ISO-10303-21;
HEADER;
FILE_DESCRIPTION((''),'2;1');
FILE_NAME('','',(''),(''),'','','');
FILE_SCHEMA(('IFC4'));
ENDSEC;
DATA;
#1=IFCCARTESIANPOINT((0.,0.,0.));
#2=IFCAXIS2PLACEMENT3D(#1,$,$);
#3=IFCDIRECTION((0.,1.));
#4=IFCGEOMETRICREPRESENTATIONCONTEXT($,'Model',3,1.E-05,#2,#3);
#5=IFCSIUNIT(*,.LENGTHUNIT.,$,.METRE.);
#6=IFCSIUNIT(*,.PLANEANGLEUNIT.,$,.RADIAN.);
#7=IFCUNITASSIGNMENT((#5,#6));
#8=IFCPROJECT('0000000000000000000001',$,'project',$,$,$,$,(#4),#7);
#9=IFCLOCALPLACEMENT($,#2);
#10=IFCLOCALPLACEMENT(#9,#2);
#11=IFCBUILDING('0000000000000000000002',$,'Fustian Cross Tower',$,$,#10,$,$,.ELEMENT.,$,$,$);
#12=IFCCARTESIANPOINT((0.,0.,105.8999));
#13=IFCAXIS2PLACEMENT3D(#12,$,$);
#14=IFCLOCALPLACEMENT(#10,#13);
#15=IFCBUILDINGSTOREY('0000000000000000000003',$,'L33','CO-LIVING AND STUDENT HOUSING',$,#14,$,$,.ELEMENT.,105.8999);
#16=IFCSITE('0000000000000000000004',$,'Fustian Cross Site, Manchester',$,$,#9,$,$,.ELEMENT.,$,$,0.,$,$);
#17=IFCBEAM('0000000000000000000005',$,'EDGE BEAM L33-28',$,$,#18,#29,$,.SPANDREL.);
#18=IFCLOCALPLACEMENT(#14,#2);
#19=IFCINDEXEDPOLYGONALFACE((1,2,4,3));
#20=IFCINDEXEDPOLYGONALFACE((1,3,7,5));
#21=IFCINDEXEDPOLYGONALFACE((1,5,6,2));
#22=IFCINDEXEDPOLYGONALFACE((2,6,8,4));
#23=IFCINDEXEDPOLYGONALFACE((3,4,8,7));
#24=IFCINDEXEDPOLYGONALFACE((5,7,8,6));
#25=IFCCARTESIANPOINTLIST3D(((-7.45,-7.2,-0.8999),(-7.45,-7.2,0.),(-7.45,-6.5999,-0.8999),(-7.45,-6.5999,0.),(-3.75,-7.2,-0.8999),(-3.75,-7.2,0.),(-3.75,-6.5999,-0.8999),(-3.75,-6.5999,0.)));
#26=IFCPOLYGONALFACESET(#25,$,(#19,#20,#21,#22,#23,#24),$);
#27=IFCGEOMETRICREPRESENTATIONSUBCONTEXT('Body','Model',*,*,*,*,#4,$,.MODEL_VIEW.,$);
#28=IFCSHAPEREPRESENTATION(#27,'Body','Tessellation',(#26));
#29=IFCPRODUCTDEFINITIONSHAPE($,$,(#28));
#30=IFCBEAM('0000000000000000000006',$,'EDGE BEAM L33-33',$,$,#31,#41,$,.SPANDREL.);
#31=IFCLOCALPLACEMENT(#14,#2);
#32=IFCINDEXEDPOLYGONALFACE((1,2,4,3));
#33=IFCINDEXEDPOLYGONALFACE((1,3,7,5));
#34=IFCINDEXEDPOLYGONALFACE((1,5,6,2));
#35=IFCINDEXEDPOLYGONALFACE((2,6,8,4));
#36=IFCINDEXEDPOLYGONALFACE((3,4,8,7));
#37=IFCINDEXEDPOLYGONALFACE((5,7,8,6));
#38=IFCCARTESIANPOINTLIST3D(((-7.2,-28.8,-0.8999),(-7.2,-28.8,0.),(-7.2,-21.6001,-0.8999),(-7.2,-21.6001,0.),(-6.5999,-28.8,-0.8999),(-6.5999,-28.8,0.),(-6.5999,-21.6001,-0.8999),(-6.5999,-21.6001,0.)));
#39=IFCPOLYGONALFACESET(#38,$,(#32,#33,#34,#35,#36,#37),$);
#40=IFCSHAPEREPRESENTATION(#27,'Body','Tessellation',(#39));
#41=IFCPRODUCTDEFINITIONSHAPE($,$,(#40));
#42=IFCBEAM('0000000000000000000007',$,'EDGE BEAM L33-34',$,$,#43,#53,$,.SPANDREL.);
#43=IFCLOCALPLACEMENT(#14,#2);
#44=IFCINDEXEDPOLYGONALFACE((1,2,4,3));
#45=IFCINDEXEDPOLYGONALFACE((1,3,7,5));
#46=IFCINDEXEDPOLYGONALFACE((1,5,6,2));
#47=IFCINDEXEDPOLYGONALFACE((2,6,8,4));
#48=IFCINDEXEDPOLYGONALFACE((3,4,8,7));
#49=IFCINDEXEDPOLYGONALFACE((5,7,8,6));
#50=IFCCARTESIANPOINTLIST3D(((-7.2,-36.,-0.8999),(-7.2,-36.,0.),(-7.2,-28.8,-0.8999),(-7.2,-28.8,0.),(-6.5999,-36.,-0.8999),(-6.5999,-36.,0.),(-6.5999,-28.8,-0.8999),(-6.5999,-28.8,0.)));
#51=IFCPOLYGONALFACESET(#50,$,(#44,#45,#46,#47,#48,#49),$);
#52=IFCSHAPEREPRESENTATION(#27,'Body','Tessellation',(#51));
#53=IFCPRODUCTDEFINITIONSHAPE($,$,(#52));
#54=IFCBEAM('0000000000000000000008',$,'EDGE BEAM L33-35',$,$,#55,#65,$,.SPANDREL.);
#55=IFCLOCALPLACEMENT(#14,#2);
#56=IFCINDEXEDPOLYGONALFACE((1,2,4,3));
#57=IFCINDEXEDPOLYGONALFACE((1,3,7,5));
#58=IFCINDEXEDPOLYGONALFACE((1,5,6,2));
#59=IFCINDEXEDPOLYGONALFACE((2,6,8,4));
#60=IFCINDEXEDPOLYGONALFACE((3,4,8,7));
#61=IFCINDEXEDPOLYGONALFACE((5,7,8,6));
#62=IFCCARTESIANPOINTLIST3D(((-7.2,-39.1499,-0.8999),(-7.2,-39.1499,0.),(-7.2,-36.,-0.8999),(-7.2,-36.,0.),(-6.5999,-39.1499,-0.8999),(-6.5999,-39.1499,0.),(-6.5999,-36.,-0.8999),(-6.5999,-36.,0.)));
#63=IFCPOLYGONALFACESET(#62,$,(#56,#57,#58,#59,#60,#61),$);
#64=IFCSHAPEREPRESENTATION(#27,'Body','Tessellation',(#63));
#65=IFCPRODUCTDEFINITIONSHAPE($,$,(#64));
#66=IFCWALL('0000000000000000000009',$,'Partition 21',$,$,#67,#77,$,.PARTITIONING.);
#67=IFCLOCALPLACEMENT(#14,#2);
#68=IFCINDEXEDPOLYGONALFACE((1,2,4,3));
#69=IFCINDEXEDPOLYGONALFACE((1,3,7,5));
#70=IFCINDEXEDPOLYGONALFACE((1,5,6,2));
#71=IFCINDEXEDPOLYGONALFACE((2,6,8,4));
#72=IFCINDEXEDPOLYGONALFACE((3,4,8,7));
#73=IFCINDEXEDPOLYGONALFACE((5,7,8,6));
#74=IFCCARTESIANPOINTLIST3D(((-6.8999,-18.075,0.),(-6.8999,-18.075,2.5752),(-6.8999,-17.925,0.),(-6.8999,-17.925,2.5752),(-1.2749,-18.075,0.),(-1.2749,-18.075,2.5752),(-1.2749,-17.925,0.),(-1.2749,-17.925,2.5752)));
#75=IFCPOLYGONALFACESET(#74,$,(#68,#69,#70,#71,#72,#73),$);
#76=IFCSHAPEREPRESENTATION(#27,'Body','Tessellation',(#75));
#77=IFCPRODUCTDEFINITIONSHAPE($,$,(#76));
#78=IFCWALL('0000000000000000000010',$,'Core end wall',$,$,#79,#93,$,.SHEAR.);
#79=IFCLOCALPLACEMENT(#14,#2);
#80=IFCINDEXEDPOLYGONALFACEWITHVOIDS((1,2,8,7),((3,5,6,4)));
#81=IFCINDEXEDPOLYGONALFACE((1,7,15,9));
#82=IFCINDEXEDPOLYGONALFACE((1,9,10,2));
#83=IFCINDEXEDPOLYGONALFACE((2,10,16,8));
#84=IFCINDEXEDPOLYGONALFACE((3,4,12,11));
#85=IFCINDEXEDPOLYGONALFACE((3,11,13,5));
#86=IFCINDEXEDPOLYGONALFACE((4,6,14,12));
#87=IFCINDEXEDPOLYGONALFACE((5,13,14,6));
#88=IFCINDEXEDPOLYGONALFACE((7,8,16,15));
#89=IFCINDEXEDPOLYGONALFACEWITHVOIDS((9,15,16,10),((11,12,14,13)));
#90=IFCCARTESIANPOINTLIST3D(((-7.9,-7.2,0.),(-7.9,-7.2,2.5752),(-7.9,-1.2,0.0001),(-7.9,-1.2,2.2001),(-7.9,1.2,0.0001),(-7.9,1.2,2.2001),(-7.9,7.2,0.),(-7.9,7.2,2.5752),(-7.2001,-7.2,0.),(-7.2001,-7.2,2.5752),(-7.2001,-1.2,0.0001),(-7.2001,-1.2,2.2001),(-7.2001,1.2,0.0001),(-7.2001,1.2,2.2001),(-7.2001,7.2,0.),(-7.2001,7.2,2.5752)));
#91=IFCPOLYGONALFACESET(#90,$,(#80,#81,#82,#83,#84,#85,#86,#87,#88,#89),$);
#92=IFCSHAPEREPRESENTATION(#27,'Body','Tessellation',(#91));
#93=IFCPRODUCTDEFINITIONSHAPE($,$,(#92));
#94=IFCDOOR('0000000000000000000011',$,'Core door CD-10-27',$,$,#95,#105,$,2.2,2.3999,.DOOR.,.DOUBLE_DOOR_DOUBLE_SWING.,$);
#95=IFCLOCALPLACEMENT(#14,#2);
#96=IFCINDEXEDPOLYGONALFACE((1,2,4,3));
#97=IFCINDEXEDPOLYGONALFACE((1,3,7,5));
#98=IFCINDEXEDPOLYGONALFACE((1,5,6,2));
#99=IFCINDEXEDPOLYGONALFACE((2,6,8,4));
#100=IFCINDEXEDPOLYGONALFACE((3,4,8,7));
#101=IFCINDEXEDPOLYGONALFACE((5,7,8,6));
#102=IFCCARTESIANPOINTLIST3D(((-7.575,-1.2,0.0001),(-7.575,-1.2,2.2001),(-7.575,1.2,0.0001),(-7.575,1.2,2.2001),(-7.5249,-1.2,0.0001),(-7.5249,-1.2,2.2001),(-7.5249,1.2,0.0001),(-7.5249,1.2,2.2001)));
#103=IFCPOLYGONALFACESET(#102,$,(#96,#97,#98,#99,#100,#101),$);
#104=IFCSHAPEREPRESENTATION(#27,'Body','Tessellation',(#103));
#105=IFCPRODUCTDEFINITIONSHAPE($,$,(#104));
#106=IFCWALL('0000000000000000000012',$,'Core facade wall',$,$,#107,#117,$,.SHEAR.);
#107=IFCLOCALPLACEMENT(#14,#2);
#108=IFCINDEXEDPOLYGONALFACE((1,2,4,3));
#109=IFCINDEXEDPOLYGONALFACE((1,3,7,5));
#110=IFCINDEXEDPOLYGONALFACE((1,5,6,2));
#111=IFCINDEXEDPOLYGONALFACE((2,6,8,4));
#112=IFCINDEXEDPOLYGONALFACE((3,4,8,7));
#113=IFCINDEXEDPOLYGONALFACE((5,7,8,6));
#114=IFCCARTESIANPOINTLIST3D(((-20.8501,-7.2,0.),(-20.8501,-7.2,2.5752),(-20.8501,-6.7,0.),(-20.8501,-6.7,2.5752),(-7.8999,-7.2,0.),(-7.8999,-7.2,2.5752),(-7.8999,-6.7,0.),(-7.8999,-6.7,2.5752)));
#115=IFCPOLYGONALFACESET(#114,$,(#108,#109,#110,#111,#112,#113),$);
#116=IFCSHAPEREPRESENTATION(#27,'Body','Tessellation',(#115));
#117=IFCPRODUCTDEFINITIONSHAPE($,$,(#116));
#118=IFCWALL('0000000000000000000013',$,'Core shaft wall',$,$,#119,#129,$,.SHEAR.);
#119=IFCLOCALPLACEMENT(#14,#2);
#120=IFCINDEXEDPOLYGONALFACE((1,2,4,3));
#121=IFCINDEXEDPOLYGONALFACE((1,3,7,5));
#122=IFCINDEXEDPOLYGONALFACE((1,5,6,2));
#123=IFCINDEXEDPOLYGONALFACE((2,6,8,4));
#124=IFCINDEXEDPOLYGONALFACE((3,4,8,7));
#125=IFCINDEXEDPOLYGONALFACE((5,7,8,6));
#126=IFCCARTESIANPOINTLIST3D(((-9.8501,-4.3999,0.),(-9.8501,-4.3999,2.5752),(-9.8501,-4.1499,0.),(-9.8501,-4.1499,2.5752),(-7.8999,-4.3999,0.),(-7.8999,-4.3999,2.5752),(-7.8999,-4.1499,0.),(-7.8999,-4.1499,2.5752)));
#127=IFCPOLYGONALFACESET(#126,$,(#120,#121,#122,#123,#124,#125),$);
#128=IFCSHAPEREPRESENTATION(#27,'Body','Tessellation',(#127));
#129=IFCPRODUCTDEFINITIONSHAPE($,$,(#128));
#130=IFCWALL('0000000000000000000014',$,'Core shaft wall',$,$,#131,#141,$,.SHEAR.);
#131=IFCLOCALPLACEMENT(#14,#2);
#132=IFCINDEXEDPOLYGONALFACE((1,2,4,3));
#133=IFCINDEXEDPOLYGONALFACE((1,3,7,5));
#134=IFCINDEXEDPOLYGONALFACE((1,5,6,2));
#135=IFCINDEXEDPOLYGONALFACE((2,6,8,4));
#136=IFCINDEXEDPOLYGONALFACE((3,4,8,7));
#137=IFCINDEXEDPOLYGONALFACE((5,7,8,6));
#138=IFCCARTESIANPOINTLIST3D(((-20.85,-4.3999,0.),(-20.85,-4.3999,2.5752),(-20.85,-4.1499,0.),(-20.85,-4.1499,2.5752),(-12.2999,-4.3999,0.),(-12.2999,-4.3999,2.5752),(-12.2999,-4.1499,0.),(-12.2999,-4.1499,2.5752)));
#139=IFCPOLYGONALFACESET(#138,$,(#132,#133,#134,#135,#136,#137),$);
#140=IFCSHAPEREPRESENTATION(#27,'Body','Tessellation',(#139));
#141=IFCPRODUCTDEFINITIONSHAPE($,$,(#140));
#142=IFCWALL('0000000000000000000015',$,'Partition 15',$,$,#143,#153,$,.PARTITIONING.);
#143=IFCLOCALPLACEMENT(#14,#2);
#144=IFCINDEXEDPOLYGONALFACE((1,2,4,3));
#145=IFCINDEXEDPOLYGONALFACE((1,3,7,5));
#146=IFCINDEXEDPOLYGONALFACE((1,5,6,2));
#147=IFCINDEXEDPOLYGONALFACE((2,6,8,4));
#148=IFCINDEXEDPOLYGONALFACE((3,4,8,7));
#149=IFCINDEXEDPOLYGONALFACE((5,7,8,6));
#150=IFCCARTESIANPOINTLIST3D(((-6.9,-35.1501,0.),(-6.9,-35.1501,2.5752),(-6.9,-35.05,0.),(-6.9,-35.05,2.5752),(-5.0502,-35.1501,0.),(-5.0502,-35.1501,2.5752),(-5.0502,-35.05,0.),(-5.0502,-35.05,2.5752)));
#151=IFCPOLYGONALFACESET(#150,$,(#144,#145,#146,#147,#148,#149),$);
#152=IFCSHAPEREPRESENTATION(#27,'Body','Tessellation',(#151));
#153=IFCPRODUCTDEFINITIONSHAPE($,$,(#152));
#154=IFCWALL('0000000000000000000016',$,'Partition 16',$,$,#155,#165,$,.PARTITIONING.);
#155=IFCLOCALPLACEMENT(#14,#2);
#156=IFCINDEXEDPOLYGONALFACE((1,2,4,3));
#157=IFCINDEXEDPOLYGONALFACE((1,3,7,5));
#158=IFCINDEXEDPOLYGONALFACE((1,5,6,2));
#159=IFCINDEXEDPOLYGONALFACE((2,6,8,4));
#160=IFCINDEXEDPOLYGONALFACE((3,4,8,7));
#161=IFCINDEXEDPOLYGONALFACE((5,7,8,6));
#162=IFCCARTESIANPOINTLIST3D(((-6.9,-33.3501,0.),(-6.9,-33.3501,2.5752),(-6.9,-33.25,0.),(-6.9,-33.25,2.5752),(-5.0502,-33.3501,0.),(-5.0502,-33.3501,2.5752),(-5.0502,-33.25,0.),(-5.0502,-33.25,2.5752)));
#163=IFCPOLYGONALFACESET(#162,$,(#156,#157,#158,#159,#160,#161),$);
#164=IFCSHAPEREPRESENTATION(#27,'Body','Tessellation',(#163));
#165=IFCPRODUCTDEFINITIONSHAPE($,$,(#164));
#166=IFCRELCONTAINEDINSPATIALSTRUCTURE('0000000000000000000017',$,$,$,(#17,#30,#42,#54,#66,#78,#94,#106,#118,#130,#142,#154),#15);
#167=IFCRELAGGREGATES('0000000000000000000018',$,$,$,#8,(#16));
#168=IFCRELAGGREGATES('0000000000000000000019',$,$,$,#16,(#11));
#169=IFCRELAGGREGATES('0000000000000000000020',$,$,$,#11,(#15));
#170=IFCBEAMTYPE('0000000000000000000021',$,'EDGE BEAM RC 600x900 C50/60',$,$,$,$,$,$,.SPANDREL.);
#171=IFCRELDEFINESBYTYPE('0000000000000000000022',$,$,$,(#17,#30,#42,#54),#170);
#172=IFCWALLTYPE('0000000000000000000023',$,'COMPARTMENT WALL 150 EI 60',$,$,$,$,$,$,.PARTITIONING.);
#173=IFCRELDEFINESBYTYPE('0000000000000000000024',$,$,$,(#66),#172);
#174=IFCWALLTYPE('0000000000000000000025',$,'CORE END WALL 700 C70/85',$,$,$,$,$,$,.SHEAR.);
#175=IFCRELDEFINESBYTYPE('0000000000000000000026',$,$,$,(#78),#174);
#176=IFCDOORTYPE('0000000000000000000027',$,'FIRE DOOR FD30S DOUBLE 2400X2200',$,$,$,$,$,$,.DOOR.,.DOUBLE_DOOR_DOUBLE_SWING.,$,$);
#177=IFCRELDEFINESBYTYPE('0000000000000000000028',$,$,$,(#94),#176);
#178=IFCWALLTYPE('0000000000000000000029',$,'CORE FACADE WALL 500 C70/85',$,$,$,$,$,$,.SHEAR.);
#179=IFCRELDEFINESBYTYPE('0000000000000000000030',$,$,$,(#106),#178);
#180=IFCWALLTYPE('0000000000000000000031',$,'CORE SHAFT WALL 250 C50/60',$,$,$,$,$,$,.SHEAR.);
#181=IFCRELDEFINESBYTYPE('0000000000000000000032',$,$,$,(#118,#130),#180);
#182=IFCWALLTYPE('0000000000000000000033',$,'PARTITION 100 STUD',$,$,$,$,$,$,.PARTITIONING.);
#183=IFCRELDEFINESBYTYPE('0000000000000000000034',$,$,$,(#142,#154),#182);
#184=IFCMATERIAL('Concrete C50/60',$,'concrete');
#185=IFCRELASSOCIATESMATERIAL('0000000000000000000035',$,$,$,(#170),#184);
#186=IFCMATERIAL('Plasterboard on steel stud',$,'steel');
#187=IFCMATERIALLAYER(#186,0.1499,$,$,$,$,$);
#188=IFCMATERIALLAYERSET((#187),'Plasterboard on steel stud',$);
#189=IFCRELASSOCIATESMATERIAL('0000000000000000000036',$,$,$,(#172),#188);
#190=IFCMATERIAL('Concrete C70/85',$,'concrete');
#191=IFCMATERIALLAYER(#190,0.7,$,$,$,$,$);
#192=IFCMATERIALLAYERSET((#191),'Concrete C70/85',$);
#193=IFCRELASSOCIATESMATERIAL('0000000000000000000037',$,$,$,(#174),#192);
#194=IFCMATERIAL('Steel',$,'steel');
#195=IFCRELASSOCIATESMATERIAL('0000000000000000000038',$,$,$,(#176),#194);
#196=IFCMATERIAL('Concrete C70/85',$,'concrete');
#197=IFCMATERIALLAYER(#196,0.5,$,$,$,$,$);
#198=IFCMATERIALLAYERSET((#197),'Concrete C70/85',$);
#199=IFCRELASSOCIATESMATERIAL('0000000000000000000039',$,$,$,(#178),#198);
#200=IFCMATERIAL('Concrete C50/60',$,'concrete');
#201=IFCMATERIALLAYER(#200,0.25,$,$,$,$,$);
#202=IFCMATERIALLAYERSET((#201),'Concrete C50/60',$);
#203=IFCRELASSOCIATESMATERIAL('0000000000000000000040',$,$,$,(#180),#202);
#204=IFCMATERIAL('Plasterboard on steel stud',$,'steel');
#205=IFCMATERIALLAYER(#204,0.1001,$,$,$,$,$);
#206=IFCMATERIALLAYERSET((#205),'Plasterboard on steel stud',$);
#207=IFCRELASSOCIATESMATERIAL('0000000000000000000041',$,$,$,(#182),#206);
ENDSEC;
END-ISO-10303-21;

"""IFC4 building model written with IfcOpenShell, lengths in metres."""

from ifc_helpers import new_model, si_unit, direction, frame, frame_2d, origin, origin_2d, place, context, subcontext, project, spatial, rectangle, extrude, material, layer, layer_set, material_profile, profile_set, type_object, element, fill, save


model = new_model("IFC4")

# Units and contexts
model_context = context("Model", 3, precision=1e-05, world=origin(), true_north=direction((0.0, 1.0)))
body_context = subcontext(model_context, "Body", "Model", "MODEL_VIEW")
ifc_project = project(units=[si_unit("LENGTHUNIT", "METRE"), si_unit("PLANEANGLEUNIT", "RADIAN")], contexts=[model_context])

# Site, building, storey
site_placement = place(None, origin())
site = spatial("IfcSite", under=ifc_project, at=site_placement, Name="Fustian Cross Site, Manchester", CompositionType="ELEMENT", RefElevation=0.0)
building_placement = place(site_placement, origin())
building = spatial("IfcBuilding", under=site, at=building_placement, Name="Fustian Cross Tower", CompositionType="ELEMENT")
storey_placement = place(building_placement, frame((0.0, 0.0, 105.8999)))
storey = spatial("IfcBuildingStorey", under=building, at=storey_placement, Name="L33", Description="CO-LIVING AND STUDENT HOUSING", CompositionType="ELEMENT", Elevation=105.8999)

# Beams
ifc_material_1 = material(Name="Concrete C50/60", Category="concrete")
ifc_material_profile = material_profile(ifc_material_1, rectangle(XDim=0.6001, YDim=0.8999, at=origin_2d()), Name="RC 600x900")
ifc_profile_set = profile_set([ifc_material_profile], Name="Concrete C50/60")
beam_type = type_object("IfcBeamType", Name="EDGE BEAM RC 600x900 C50/60", PredefinedType="SPANDREL", material=ifc_profile_set)
beam_1_placement = place(storey_placement, frame((-7.45, -6.8999, -0.45), z_axis=(1.0, 0.0, 0.0), x_axis=(0.0, 1.0, 0.0)))
element("IfcBeam", 1, at=beam_1_placement, inside=storey, type_object=beam_type, Name="EDGE BEAM L33-28", PredefinedType="SPANDREL", context=body_context, shape_type="SweptSolid", body=[
    extrude(rectangle(XDim=0.6001, YDim=0.8999, at=origin_2d()), origin(), (0.0, 0.0, 1.0), 3.7),
])
for number, where, z_axis, x_axis, name in (
    (2, (-6.8999, -21.6001, -0.45), (0.0, -1.0, 0.0), (1.0, 0.0, 0.0), "EDGE BEAM L33-33"),
    (3, (-6.8999, -28.8, -0.45), (0.0, -1.0, 0.0), (1.0, 0.0, 0.0), "EDGE BEAM L33-34"),
):
    element("IfcBeam", number, at=place(storey_placement, frame(where, z_axis=z_axis, x_axis=x_axis)), inside=storey, type_object=beam_type, Name=name, PredefinedType="SPANDREL", context=body_context, shape_type="SweptSolid", body=[
        extrude(rectangle(XDim=0.6001, YDim=0.8999, at=origin_2d()), origin(), (0.0, 0.0, 1.0), 7.2),
    ])
beam_2_placement = place(storey_placement, frame((-6.8999, -36.0, -0.45), z_axis=(0.0, -1.0, 0.0), x_axis=(1.0, 0.0, 0.0)))
element("IfcBeam", 4, at=beam_2_placement, inside=storey, type_object=beam_type, Name="EDGE BEAM L33-35", PredefinedType="SPANDREL", context=body_context, shape_type="SweptSolid", body=[
    extrude(rectangle(XDim=0.6001, YDim=0.8999, at=origin_2d()), origin(), (0.0, 0.0, 1.0), 3.1499),
])

# Wall
ifc_material_2 = material(Name="Plasterboard on steel stud", Category="steel")
ifc_layer_1 = layer(ifc_material_2, 0.1499)
ifc_layer_set_1 = layer_set([ifc_layer_1], Name="Plasterboard on steel stud")
wall_type_1 = type_object("IfcWallType", Name="COMPARTMENT WALL 150 EI 60", PredefinedType="PARTITIONING", material=ifc_layer_set_1)
wall_1_placement = place(storey_placement, frame((-6.8999, -18.0, 0.0), z_axis=(0.0, 0.0, 1.0), x_axis=(1.0, 0.0, 0.0)))
element("IfcWall", 5, at=wall_1_placement, inside=storey, type_object=wall_type_1, Name="Partition 21", PredefinedType="PARTITIONING", context=body_context, shape_type="SweptSolid", body=[
    extrude(rectangle(XDim=5.625, YDim=0.1499, at=frame_2d((2.8125, 0.0))), origin(), (0.0, 0.0, 1.0), 2.5752),
])

# Wall, opening, door
ifc_material_3 = material(Name="Concrete C70/85", Category="concrete")
ifc_layer_2 = layer(ifc_material_3, 0.7)
ifc_layer_set_2 = layer_set([ifc_layer_2], Name="Concrete C70/85")
wall_type_2 = type_object("IfcWallType", Name="CORE END WALL 700 C70/85", PredefinedType="SHEAR", material=ifc_layer_set_2)
wall_2_placement = place(storey_placement, frame((-7.55, -7.2, 0.0), z_axis=(0.0, 0.0, 1.0), x_axis=(0.0, 1.0, 0.0)))
wall_2 = element("IfcWall", 6, at=wall_2_placement, inside=storey, type_object=wall_type_2, Name="Core end wall", PredefinedType="SHEAR", context=body_context, shape_type="SweptSolid", body=[
    extrude(rectangle(XDim=14.3999, YDim=0.7, at=frame_2d((7.2, 0.0))), origin(), (0.0, 0.0, 1.0), 2.5752),
])
opening_1_placement = place(wall_2_placement, frame((6.0, 0.0, 0.0)))
opening_1 = element("IfcOpeningElement", 7, at=opening_1_placement, cuts=wall_2, PredefinedType="OPENING", context=body_context, shape_type="SweptSolid", body=[
    extrude(rectangle(XDim=2.3999, YDim=2.2, at=frame_2d((1.2, 1.1001))), frame((0.0, 0.3599, 0.0), z_axis=(0.0, -1.0, 0.0), x_axis=(1.0, 0.0, 0.0)), (0.0, 0.0, 1.0), 0.72),
])
ifc_material_4 = material(Name="Steel", Category="steel")
door_type_1 = type_object("IfcDoorType", Name="FIRE DOOR FD30S DOUBLE 2400X2200", OperationType="DOUBLE_DOOR_DOUBLE_SWING", PredefinedType="DOOR", material=ifc_material_4)
door_1_placement = place(opening_1_placement, origin())
door_1 = element("IfcDoor", 8, at=door_1_placement, inside=storey, type_object=door_type_1, Name="Core door CD-10-27", OperationType="DOUBLE_DOOR_DOUBLE_SWING", OverallHeight=2.2, OverallWidth=2.3999, PredefinedType="DOOR", context=body_context, shape_type="SweptSolid", body=[
    extrude(rectangle(XDim=2.3999, YDim=2.2, at=frame_2d((1.2, 1.1001))), frame((0.0, 0.0249, 0.0), z_axis=(0.0, -1.0, 0.0), x_axis=(1.0, 0.0, 0.0)), (0.0, 0.0, 1.0), 0.05),
])
fill(opening_1, door_1)

# Walls
ifc_material_5 = material(Name="Concrete C70/85", Category="concrete")
ifc_layer_3 = layer(ifc_material_5, 0.5)
ifc_layer_set_3 = layer_set([ifc_layer_3], Name="Concrete C70/85")
wall_type_3 = type_object("IfcWallType", Name="CORE FACADE WALL 500 C70/85", PredefinedType="SHEAR", material=ifc_layer_set_3)
wall_3_placement = place(storey_placement, frame((-7.8999, -6.95, 0.0), z_axis=(0.0, 0.0, 1.0), x_axis=(-1.0, 0.0, 0.0)))
element("IfcWall", 9, at=wall_3_placement, inside=storey, type_object=wall_type_3, Name="Core facade wall", PredefinedType="SHEAR", context=body_context, shape_type="SweptSolid", body=[
    extrude(rectangle(XDim=12.9502, YDim=0.5, at=frame_2d((6.4751, 0.0))), origin(), (0.0, 0.0, 1.0), 2.5752),
])
ifc_material_6 = material(Name="Concrete C50/60", Category="concrete")
ifc_layer_4 = layer(ifc_material_6, 0.25)
ifc_layer_set_4 = layer_set([ifc_layer_4], Name="Concrete C50/60")
wall_type_4 = type_object("IfcWallType", Name="CORE SHAFT WALL 250 C50/60", PredefinedType="SHEAR", material=ifc_layer_set_4)
wall_4_placement = place(storey_placement, frame((-7.8999, -4.2749, 0.0), z_axis=(0.0, 0.0, 1.0), x_axis=(-1.0, 0.0, 0.0)))
element("IfcWall", 10, at=wall_4_placement, inside=storey, type_object=wall_type_4, Name="Core shaft wall", PredefinedType="SHEAR", context=body_context, shape_type="SweptSolid", body=[
    extrude(rectangle(XDim=1.9502, YDim=0.25, at=frame_2d((0.9751, 0.0))), origin(), (0.0, 0.0, 1.0), 2.5752),
])
wall_5_placement = place(storey_placement, frame((-12.3, -4.2749, 0.0), z_axis=(0.0, 0.0, 1.0), x_axis=(-1.0, 0.0, 0.0)))
element("IfcWall", 11, at=wall_5_placement, inside=storey, type_object=wall_type_4, Name="Core shaft wall", PredefinedType="SHEAR", context=body_context, shape_type="SweptSolid", body=[
    extrude(rectangle(XDim=8.55, YDim=0.25, at=frame_2d((4.2749, 0.0))), origin(), (0.0, 0.0, 1.0), 2.5752),
])
ifc_material_7 = material(Name="Plasterboard on steel stud", Category="steel")
ifc_layer_5 = layer(ifc_material_7, 0.1001)
ifc_layer_set_5 = layer_set([ifc_layer_5], Name="Plasterboard on steel stud")
wall_type_5 = type_object("IfcWallType", Name="PARTITION 100 STUD", PredefinedType="PARTITIONING", material=ifc_layer_set_5)
for number, where, z_axis, x_axis, name in (
    (12, (-6.8999, -35.1001, 0.0), (0.0, 0.0, 1.0), (1.0, 0.0, 0.0), "Partition 15"),
    (13, (-6.8999, -33.3, 0.0), (0.0, 0.0, 1.0), (1.0, 0.0, 0.0), "Partition 16"),
):
    element("IfcWall", number, at=place(storey_placement, frame(where, z_axis=z_axis, x_axis=x_axis)), inside=storey, type_object=wall_type_5, Name=name, PredefinedType="PARTITIONING", context=body_context, shape_type="SweptSolid", body=[
        extrude(rectangle(XDim=1.8499, YDim=0.1001, at=frame_2d((0.9248, 0.0))), origin(), (0.0, 0.0, 1.0), 2.5752),
    ])

save(model, "model.ifc")
